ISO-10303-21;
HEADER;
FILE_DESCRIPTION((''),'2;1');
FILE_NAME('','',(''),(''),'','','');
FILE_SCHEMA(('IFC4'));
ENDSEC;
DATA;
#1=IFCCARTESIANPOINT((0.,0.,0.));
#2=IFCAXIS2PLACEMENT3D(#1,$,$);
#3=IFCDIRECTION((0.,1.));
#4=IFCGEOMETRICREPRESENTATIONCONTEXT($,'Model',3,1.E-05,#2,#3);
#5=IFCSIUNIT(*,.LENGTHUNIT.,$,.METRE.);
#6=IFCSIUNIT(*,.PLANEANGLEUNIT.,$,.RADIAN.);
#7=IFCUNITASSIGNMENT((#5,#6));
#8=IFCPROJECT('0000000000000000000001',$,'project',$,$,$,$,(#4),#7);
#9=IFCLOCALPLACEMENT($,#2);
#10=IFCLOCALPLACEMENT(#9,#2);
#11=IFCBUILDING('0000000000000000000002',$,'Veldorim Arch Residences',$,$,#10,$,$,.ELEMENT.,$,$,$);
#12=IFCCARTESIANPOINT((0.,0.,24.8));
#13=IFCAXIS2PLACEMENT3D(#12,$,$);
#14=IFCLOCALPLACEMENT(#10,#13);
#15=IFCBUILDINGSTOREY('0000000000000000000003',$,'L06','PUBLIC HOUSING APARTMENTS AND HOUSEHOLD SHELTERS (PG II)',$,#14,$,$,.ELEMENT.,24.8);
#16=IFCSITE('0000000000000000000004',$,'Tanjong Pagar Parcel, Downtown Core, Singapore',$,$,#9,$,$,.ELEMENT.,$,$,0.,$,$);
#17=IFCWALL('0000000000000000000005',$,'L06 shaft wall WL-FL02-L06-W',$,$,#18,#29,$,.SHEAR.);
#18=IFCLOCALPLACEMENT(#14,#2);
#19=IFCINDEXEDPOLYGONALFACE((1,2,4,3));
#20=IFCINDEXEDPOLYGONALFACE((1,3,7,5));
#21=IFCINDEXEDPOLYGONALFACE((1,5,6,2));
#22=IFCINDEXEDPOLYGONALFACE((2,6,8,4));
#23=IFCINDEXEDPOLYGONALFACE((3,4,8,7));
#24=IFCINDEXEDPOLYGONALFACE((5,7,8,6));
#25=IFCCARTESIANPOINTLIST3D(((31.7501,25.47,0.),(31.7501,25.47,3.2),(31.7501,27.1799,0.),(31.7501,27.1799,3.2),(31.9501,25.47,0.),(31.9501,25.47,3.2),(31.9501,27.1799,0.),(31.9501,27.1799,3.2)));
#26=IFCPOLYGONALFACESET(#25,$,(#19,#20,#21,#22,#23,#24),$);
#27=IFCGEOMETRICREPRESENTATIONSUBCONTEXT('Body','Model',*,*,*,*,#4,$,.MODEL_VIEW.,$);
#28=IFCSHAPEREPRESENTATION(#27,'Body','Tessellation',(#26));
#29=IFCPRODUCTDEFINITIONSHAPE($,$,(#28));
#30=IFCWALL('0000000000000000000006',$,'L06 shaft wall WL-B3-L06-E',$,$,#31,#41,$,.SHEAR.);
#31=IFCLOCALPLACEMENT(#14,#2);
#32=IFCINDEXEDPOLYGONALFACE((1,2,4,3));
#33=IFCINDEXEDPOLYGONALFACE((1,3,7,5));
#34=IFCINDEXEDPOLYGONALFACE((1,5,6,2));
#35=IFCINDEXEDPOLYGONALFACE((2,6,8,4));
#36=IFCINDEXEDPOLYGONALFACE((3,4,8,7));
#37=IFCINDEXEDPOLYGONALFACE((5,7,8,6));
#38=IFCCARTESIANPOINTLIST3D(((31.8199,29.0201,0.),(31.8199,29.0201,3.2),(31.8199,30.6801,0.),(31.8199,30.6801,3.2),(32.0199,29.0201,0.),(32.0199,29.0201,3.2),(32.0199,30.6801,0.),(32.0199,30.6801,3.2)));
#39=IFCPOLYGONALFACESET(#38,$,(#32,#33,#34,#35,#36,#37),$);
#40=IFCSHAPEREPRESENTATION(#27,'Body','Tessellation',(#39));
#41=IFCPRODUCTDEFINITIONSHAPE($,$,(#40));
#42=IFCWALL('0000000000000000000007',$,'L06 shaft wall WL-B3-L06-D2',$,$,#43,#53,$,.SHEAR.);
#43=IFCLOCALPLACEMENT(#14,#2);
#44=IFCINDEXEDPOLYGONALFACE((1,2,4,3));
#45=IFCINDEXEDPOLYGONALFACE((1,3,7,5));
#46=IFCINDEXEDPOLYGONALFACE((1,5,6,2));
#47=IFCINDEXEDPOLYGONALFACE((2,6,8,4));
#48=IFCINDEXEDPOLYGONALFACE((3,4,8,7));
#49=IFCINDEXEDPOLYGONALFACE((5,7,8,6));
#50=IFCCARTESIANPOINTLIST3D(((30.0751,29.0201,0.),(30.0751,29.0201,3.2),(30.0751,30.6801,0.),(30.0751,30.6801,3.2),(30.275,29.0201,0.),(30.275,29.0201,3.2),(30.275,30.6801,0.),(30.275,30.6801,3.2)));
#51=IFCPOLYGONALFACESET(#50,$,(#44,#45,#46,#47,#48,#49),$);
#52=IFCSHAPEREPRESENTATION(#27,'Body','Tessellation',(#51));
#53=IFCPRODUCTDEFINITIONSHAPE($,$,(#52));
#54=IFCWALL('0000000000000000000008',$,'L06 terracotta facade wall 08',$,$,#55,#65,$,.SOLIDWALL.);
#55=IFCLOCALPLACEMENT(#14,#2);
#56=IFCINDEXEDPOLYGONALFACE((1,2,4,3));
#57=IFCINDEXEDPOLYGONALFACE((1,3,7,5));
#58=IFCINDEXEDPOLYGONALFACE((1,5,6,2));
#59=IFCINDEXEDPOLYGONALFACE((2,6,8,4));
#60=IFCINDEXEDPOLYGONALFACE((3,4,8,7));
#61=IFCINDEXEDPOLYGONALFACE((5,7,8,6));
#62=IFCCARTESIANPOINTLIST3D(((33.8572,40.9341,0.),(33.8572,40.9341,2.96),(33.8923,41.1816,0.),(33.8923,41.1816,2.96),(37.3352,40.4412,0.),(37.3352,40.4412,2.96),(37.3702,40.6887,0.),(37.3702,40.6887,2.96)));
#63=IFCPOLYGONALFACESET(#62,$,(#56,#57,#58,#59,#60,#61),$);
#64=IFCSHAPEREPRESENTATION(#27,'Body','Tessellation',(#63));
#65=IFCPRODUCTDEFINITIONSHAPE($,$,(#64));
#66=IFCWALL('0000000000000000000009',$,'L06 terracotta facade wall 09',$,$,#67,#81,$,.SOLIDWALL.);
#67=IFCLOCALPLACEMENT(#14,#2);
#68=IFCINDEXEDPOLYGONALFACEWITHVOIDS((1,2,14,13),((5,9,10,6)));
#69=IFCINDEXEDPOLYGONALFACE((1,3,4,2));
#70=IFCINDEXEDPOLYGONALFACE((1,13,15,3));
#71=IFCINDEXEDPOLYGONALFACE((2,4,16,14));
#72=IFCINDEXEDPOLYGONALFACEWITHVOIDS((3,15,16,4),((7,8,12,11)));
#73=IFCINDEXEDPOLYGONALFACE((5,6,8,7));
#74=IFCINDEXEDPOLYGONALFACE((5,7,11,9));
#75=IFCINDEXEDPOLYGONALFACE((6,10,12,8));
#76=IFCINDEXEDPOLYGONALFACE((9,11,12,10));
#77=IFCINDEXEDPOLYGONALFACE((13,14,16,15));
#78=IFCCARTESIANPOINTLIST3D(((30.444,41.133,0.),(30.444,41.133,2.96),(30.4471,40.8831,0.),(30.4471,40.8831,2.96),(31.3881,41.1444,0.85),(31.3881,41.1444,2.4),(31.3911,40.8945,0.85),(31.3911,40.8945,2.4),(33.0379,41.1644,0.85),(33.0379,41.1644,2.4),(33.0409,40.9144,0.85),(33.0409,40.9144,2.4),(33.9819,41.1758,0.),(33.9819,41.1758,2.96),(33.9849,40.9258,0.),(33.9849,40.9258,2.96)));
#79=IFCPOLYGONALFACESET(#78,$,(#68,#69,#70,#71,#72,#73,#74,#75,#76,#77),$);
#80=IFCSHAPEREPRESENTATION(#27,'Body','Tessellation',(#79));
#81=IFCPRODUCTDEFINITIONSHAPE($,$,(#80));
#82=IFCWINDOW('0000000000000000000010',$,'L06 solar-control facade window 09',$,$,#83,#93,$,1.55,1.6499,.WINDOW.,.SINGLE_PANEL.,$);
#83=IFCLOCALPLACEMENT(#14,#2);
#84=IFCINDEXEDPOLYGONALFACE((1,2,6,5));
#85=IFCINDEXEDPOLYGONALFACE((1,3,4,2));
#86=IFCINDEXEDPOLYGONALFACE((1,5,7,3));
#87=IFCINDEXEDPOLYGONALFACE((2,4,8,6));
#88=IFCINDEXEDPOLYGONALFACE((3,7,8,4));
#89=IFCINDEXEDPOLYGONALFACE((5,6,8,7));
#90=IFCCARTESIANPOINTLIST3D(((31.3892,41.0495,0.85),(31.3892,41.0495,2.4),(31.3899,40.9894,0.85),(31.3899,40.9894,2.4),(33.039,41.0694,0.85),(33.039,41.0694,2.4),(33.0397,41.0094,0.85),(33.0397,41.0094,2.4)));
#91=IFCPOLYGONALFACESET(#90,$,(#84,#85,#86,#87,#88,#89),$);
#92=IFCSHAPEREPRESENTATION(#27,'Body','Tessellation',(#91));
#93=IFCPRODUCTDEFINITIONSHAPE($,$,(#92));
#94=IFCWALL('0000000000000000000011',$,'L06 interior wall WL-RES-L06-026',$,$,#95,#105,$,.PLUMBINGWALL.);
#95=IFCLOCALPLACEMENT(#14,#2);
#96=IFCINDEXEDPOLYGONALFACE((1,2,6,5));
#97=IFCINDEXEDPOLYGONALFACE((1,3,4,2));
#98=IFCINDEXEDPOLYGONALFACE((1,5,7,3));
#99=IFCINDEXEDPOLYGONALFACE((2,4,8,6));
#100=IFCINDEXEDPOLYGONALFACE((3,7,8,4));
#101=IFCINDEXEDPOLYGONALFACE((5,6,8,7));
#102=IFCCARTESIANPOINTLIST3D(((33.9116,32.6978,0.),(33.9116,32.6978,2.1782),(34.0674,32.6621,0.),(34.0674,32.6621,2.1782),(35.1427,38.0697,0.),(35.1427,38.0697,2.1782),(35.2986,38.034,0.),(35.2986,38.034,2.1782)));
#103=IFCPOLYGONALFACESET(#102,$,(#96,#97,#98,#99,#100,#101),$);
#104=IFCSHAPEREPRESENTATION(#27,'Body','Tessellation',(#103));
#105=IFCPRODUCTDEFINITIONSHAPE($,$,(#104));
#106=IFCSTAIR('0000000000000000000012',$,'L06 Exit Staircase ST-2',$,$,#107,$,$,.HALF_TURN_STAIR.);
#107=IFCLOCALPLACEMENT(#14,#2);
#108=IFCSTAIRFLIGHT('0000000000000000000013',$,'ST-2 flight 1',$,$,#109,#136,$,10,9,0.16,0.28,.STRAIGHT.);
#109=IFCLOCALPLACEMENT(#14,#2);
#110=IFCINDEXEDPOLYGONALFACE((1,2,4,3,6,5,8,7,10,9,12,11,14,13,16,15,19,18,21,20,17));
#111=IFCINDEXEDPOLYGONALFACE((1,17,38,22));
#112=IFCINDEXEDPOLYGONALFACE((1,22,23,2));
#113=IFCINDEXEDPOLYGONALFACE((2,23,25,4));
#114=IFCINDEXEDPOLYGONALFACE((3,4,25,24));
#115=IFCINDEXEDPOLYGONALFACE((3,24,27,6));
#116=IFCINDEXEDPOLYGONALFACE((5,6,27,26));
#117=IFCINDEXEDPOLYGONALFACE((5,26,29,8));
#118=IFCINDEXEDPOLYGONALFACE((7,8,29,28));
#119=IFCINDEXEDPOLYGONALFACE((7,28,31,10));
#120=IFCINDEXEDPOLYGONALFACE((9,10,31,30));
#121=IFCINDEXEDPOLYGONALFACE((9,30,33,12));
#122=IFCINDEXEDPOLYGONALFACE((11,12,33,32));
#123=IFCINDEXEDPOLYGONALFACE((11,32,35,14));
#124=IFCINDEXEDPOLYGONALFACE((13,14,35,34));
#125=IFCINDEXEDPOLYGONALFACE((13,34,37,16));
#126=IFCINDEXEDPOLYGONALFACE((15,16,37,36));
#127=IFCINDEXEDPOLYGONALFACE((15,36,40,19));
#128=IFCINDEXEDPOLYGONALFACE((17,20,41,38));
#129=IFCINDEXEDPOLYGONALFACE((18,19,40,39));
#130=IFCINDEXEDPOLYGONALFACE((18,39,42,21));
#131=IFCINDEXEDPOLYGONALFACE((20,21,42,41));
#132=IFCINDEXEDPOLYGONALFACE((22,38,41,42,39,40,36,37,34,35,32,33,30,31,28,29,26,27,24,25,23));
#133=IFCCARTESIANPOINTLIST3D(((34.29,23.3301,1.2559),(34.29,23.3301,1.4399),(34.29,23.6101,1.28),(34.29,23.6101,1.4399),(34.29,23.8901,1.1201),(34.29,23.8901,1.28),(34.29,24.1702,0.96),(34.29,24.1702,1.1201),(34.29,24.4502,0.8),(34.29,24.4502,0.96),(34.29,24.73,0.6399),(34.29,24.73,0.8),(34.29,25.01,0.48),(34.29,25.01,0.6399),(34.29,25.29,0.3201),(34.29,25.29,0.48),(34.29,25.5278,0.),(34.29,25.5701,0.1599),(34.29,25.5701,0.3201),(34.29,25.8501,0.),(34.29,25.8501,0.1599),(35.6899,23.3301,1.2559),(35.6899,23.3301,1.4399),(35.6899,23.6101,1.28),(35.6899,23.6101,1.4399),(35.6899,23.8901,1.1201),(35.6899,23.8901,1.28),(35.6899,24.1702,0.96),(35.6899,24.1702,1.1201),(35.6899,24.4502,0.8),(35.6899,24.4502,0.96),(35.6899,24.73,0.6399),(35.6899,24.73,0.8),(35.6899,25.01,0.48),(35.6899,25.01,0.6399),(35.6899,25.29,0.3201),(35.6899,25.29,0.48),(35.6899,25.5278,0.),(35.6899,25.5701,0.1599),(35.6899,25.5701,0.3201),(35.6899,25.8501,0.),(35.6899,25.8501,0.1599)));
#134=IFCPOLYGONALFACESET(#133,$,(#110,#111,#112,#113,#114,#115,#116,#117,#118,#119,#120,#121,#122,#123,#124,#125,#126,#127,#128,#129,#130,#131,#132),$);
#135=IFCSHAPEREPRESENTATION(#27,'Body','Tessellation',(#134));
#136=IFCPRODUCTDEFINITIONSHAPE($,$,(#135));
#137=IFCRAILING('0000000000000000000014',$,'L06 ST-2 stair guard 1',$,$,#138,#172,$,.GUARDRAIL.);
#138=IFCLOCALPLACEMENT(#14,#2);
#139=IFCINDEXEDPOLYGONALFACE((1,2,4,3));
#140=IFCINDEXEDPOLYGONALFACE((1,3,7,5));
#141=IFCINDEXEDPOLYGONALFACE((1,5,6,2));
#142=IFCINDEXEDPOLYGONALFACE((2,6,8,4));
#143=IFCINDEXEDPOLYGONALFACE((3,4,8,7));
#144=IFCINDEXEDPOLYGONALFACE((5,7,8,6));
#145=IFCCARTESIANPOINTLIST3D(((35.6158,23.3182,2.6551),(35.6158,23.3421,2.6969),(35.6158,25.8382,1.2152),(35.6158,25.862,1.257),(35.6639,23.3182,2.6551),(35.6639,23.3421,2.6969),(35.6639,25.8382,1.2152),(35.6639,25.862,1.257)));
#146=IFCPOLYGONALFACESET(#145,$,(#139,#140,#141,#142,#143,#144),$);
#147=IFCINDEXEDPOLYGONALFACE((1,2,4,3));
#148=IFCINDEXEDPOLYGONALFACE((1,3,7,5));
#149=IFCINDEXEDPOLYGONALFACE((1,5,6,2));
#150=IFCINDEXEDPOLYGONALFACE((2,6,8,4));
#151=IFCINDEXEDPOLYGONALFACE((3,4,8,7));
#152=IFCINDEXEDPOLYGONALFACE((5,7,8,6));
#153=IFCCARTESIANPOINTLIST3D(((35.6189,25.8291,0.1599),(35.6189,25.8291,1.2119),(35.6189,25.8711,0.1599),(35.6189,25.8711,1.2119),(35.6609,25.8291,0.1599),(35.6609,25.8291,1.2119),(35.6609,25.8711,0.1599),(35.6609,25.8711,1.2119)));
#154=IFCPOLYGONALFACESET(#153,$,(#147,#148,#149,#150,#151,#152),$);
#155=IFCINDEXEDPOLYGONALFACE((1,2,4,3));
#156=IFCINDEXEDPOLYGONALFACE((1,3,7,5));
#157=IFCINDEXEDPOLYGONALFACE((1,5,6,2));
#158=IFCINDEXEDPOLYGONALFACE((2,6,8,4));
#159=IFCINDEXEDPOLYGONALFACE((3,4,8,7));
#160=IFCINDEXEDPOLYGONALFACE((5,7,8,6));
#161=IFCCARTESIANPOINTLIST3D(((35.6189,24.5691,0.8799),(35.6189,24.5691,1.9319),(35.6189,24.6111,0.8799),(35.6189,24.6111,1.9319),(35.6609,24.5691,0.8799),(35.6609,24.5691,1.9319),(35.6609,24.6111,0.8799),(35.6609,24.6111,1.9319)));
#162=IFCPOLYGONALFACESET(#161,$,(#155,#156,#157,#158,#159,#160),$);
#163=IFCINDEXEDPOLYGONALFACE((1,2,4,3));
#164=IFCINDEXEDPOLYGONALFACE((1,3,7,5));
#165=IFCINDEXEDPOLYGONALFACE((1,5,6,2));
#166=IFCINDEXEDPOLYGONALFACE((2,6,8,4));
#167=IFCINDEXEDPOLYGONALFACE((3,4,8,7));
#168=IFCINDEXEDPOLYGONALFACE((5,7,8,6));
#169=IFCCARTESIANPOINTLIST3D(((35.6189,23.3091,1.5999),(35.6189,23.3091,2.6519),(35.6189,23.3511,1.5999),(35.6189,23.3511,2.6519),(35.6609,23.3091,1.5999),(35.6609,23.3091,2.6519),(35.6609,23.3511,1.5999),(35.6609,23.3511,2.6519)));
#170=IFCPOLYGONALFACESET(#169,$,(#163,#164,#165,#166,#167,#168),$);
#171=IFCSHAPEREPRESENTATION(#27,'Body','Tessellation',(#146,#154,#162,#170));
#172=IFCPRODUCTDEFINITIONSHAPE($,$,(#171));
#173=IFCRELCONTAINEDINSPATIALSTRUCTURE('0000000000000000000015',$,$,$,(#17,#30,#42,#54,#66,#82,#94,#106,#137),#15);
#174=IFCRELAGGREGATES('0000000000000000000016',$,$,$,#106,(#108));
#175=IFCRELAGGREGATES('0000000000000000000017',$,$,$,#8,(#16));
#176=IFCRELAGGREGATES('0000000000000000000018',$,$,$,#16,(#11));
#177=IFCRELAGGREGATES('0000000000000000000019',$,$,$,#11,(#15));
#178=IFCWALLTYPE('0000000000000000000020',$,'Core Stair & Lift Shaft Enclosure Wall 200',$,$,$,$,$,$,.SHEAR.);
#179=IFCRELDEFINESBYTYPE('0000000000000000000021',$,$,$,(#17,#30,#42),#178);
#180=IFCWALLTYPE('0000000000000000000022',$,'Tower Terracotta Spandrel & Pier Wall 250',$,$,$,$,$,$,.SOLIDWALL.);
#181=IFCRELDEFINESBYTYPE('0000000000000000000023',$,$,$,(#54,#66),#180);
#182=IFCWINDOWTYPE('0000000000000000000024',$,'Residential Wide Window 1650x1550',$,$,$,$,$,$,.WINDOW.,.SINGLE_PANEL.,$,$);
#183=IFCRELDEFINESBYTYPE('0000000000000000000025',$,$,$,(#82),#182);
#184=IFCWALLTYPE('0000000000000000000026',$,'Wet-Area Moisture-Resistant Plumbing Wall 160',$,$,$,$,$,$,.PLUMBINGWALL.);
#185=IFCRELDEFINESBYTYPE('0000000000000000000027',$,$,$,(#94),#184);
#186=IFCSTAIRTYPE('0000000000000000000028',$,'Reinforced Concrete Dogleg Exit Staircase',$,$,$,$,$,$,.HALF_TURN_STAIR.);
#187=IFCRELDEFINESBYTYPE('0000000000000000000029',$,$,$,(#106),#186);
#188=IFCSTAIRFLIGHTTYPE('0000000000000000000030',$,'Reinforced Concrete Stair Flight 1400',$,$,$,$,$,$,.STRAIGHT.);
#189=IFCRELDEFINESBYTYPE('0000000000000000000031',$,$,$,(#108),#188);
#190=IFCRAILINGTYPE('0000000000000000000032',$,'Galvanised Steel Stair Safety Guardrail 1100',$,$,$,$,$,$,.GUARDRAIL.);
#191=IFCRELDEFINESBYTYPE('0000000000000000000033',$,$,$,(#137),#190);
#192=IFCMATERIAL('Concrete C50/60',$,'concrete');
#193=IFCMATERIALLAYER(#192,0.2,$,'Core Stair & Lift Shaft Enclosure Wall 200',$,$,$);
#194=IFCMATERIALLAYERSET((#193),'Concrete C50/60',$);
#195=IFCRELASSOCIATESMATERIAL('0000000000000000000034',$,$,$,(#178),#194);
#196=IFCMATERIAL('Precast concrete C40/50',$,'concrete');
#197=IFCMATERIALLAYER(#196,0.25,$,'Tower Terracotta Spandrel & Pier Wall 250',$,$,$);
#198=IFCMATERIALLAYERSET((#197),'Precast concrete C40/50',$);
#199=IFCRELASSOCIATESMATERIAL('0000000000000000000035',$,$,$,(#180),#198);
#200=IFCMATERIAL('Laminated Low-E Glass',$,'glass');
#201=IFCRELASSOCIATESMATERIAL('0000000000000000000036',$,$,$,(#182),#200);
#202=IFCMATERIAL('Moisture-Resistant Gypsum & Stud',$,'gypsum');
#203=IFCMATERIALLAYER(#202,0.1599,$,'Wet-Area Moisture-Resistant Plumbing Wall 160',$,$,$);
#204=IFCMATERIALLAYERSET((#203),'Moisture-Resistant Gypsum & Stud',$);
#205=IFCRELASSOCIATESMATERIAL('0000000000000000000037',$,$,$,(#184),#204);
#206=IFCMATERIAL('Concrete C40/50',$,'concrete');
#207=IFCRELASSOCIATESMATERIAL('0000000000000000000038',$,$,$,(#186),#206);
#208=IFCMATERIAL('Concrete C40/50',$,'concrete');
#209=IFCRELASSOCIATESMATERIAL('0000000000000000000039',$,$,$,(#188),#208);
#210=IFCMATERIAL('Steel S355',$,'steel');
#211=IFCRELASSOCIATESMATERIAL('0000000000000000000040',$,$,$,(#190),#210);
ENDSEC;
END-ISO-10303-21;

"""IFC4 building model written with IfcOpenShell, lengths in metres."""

from ifc_helpers import new_model, si_unit, direction, frame, frame_2d, origin, origin_2d, place, context, subcontext, project, spatial, polyline, rectangle, outline, extrude, material, layer, layer_set, type_object, element, fill, aggregate, save


model = new_model("IFC4")

# Units and contexts
model_context = context("Model", 3, precision=1e-05, world=origin(), true_north=direction((0.0, 1.0)))
body_context = subcontext(model_context, "Body", "Model", "MODEL_VIEW")
ifc_project = project(units=[si_unit("LENGTHUNIT", "METRE"), si_unit("PLANEANGLEUNIT", "RADIAN")], contexts=[model_context])

# Site, building, storey
site_placement = place(None, origin())
site = spatial("IfcSite", under=ifc_project, at=site_placement, Name="Tanjong Pagar Parcel, Downtown Core, Singapore", CompositionType="ELEMENT", RefElevation=0.0)
building_placement = place(site_placement, origin())
building = spatial("IfcBuilding", under=site, at=building_placement, Name="Veldorim Arch Residences", CompositionType="ELEMENT")
storey_placement = place(building_placement, frame((0.0, 0.0, 24.8)))
storey = spatial("IfcBuildingStorey", under=building, at=storey_placement, Name="L06", Description="PUBLIC HOUSING APARTMENTS AND HOUSEHOLD SHELTERS (PG II)", CompositionType="ELEMENT", Elevation=24.8)

# Shared definitions
ifc_material_1 = material(Name="Concrete C50/60", Category="concrete")
ifc_layer_1 = layer(ifc_material_1, 0.2, Name="Core Stair & Lift Shaft Enclosure Wall 200")
ifc_layer_set_1 = layer_set([ifc_layer_1], Name="Concrete C50/60")
wall_type_1 = type_object("IfcWallType", Name="Core Stair & Lift Shaft Enclosure Wall 200", PredefinedType="SHEAR", material=ifc_layer_set_1)

# Walls
wall_1_placement = place(storey_placement, frame((31.8501, 25.47, 0.0), z_axis=(0.0, 0.0, 1.0), x_axis=(0.0, 1.0, 0.0)))
element("IfcWall", 1, at=wall_1_placement, inside=storey, type_object=wall_type_1, Name="L06 shaft wall WL-FL02-L06-W", PredefinedType="SHEAR", context=body_context, shape_type="SweptSolid", body=[
    extrude(rectangle(XDim=1.71, YDim=0.2, at=frame_2d((0.855, 0.0))), origin(), (0.0, 0.0, 1.0), 3.2),
])
for number, where, z_axis, x_axis, name in (
    (2, (31.9199, 29.02, 0.0), (0.0, 0.0, 1.0), (0.0, 1.0, 0.0), "L06 shaft wall WL-B3-L06-E"),
    (3, (30.175, 29.02, 0.0), (0.0, 0.0, 1.0), (0.0, 1.0, 0.0), "L06 shaft wall WL-B3-L06-D2"),
):
    element("IfcWall", number, at=place(storey_placement, frame(where, z_axis=z_axis, x_axis=x_axis)), inside=storey, type_object=wall_type_1, Name=name, PredefinedType="SHEAR", context=body_context, shape_type="SweptSolid", body=[
        extrude(rectangle(XDim=1.6599, YDim=0.2, at=frame_2d((0.8301, 0.0))), origin(), (0.0, 0.0, 1.0), 3.2),
    ])
ifc_material_2 = material(Name="Precast concrete C40/50", Category="concrete")
ifc_layer_2 = layer(ifc_material_2, 0.25, Name="Tower Terracotta Spandrel & Pier Wall 250")
ifc_layer_set_2 = layer_set([ifc_layer_2], Name="Precast concrete C40/50")
wall_type_2 = type_object("IfcWallType", Name="Tower Terracotta Spandrel & Pier Wall 250", PredefinedType="SOLIDWALL", material=ifc_layer_set_2)
wall_2_placement = place(storey_placement, frame((33.8748, 41.0579, 0.0), z_axis=(0.0, 0.0, 1.0), x_axis=(0.990106, -0.140322, 0.0)))
element("IfcWall", 4, at=wall_2_placement, inside=storey, type_object=wall_type_2, Name="L06 terracotta facade wall 08", PredefinedType="SOLIDWALL", context=body_context, shape_type="SweptSolid", body=[
    extrude(rectangle(XDim=3.5127, YDim=0.25, at=frame_2d((1.7563, 0.0))), origin(), (0.0, 0.0, 1.0), 2.96),
])

# Wall, opening, window
wall_3_placement = place(storey_placement, frame((30.4456, 41.0081, 0.0), z_axis=(0.0, 0.0, 1.0), x_axis=(0.999927, 0.012076, 0.0)))
wall_3 = element("IfcWall", 5, at=wall_3_placement, inside=storey, type_object=wall_type_2, Name="L06 terracotta facade wall 09", PredefinedType="SOLIDWALL", context=body_context, shape_type="SweptSolid", body=[
    extrude(rectangle(XDim=3.5381, YDim=0.25, at=frame_2d((1.769, 0.0))), origin(), (0.0, 0.0, 1.0), 2.96),
])
opening_1_placement = place(wall_3_placement, frame((0.9441, 0.0, 0.8501)))
opening_1 = element("IfcOpeningElement", 6, at=opening_1_placement, cuts=wall_3, PredefinedType="OPENING", context=body_context, shape_type="SweptSolid", body=[
    extrude(rectangle(XDim=1.6499, YDim=1.55, at=frame_2d((0.825, 0.7749))), frame((0.0, 0.135, 0.0), z_axis=(0.0, -1.0, 0.0), x_axis=(1.0, 0.0, 0.0)), (0.0, 0.0, 1.0), 0.27),
])
ifc_material_3 = material(Name="Laminated Low-E Glass", Category="glass")
window_type = type_object("IfcWindowType", Name="Residential Wide Window 1650x1550", PartitioningType="SINGLE_PANEL", PredefinedType="WINDOW", material=ifc_material_3)
window_placement = place(opening_1_placement, origin())
window = element("IfcWindow", 7, at=window_placement, inside=storey, type_object=window_type, Name="L06 solar-control facade window 09", OverallHeight=1.55, OverallWidth=1.6499, PartitioningType="SINGLE_PANEL", PredefinedType="WINDOW", context=body_context, shape_type="SweptSolid", body=[
    extrude(rectangle(XDim=1.6499, YDim=1.55, at=frame_2d((0.825, 0.7749))), frame((0.0, 0.03, 0.0), z_axis=(0.0, -1.0, 0.0), x_axis=(1.0, 0.0, 0.0)), (0.0, 0.0, 1.0), 0.0601),
])
fill(opening_1, window)

# Wall
ifc_material_4 = material(Name="Moisture-Resistant Gypsum & Stud", Category="gypsum")
ifc_layer_3 = layer(ifc_material_4, 0.1599, Name="Wet-Area Moisture-Resistant Plumbing Wall 160")
ifc_layer_set_3 = layer_set([ifc_layer_3], Name="Moisture-Resistant Gypsum & Stud")
wall_type_3 = type_object("IfcWallType", Name="Wet-Area Moisture-Resistant Plumbing Wall 160", PredefinedType="PLUMBINGWALL", material=ifc_layer_set_3)
wall_4_placement = place(storey_placement, frame((33.9895, 32.6799, 0.0), z_axis=(0.0, 0.0, 1.0), x_axis=(0.223394, 0.974728, 0.0)))
element("IfcWall", 8, at=wall_4_placement, inside=storey, type_object=wall_type_3, Name="L06 interior wall WL-RES-L06-026", PredefinedType="PLUMBINGWALL", context=body_context, shape_type="SweptSolid", body=[
    extrude(rectangle(XDim=5.5112, YDim=0.1599, at=frame_2d((2.7556, 0.0))), origin(), (0.0, 0.0, 1.0), 2.1782),
])

# Stair, stair flight
ifc_material_5 = material(Name="Concrete C40/50", Category="concrete")
stair_type = type_object("IfcStairType", Name="Reinforced Concrete Dogleg Exit Staircase", PredefinedType="HALF_TURN_STAIR", material=ifc_material_5)
stair_placement = place(storey_placement, origin())
stair = element("IfcStair", 9, at=stair_placement, inside=storey, type_object=stair_type, Name="L06 Exit Staircase ST-2", PredefinedType="HALF_TURN_STAIR")
ifc_material_6 = material(Name="Concrete C40/50", Category="concrete")
stair_flight_type = type_object("IfcStairFlightType", Name="Reinforced Concrete Stair Flight 1400", PredefinedType="STRAIGHT", material=ifc_material_6)
stair_flight_placement = place(storey_placement, frame((34.99, 25.8501, 0.0), z_axis=(0.0, 0.0, 1.0), x_axis=(0.0, -1.0, 0.0)))
stair_flight = element("IfcStairFlight", 10, at=stair_flight_placement, type_object=stair_flight_type, Name="ST-2 flight 1", NumberOfRisers=10, NumberOfTreads=9, PredefinedType="STRAIGHT", RiserHeight=0.16, TreadLength=0.28, context=body_context, shape_type="SweptSolid", body=[
    extrude(outline(polyline([(0.0, 0.0), (0.0, 0.1599), (0.28, 0.1599), (0.28, 0.3201), (0.5601, 0.3201), (0.5601, 0.48), (0.8401, 0.48), (0.8401, 0.6399), (1.1201, 0.6399), (1.1201, 0.8), (1.3999, 0.8), (1.3999, 0.96), (1.6799, 0.96), (1.6799, 1.1201), (1.96, 1.1201), (1.96, 1.28), (2.24, 1.28), (2.24, 1.4399), (2.52, 1.4399), (2.52, 1.6001), (2.52, 1.2559), (0.3223, 0.0), (0.0, 0.0)])), frame((0.0, 0.7, 0.0), z_axis=(0.0, -1.0, 0.0), x_axis=(1.0, 0.0, 0.0)), (0.0, 0.0, 1.0), 1.3999),
])
aggregate(stair, [stair_flight])

# Railing
ifc_material_7 = material(Name="Steel S355", Category="steel")
railing_type_1 = type_object("IfcRailingType", Name="Galvanised Steel Stair Safety Guardrail 1100", PredefinedType="GUARDRAIL", material=ifc_material_7)
railing_1_placement = place(storey_placement, frame((35.6399, 25.8501, 0.1599)))
element("IfcRailing", 11, at=railing_1_placement, inside=storey, type_object=railing_type_1, Name="L06 ST-2 stair guard 1", PredefinedType="GUARDRAIL", context=body_context, shape_type="SweptSolid", body=[
    extrude(rectangle(XDim=0.0481, YDim=0.0481, at=origin_2d()), frame((0.0, 0.0, 1.0762), z_axis=(0.0, -0.868253, 0.496121), x_axis=(1.0, 0.0, 0.0)), (0.0, 0.0, 1.0), 2.9023),
    extrude(rectangle(XDim=0.042, YDim=0.042, at=origin_2d()), origin(), (0.0, 0.0, 1.0), 1.052),
    extrude(rectangle(XDim=0.042, YDim=0.042, at=origin_2d()), frame((0.0, -1.26, 0.72)), (0.0, 0.0, 1.0), 1.052),
    extrude(rectangle(XDim=0.042, YDim=0.042, at=origin_2d()), frame((0.0, -2.52, 1.4399)), (0.0, 0.0, 1.0), 1.052),
])

save(model, "model.ifc")
